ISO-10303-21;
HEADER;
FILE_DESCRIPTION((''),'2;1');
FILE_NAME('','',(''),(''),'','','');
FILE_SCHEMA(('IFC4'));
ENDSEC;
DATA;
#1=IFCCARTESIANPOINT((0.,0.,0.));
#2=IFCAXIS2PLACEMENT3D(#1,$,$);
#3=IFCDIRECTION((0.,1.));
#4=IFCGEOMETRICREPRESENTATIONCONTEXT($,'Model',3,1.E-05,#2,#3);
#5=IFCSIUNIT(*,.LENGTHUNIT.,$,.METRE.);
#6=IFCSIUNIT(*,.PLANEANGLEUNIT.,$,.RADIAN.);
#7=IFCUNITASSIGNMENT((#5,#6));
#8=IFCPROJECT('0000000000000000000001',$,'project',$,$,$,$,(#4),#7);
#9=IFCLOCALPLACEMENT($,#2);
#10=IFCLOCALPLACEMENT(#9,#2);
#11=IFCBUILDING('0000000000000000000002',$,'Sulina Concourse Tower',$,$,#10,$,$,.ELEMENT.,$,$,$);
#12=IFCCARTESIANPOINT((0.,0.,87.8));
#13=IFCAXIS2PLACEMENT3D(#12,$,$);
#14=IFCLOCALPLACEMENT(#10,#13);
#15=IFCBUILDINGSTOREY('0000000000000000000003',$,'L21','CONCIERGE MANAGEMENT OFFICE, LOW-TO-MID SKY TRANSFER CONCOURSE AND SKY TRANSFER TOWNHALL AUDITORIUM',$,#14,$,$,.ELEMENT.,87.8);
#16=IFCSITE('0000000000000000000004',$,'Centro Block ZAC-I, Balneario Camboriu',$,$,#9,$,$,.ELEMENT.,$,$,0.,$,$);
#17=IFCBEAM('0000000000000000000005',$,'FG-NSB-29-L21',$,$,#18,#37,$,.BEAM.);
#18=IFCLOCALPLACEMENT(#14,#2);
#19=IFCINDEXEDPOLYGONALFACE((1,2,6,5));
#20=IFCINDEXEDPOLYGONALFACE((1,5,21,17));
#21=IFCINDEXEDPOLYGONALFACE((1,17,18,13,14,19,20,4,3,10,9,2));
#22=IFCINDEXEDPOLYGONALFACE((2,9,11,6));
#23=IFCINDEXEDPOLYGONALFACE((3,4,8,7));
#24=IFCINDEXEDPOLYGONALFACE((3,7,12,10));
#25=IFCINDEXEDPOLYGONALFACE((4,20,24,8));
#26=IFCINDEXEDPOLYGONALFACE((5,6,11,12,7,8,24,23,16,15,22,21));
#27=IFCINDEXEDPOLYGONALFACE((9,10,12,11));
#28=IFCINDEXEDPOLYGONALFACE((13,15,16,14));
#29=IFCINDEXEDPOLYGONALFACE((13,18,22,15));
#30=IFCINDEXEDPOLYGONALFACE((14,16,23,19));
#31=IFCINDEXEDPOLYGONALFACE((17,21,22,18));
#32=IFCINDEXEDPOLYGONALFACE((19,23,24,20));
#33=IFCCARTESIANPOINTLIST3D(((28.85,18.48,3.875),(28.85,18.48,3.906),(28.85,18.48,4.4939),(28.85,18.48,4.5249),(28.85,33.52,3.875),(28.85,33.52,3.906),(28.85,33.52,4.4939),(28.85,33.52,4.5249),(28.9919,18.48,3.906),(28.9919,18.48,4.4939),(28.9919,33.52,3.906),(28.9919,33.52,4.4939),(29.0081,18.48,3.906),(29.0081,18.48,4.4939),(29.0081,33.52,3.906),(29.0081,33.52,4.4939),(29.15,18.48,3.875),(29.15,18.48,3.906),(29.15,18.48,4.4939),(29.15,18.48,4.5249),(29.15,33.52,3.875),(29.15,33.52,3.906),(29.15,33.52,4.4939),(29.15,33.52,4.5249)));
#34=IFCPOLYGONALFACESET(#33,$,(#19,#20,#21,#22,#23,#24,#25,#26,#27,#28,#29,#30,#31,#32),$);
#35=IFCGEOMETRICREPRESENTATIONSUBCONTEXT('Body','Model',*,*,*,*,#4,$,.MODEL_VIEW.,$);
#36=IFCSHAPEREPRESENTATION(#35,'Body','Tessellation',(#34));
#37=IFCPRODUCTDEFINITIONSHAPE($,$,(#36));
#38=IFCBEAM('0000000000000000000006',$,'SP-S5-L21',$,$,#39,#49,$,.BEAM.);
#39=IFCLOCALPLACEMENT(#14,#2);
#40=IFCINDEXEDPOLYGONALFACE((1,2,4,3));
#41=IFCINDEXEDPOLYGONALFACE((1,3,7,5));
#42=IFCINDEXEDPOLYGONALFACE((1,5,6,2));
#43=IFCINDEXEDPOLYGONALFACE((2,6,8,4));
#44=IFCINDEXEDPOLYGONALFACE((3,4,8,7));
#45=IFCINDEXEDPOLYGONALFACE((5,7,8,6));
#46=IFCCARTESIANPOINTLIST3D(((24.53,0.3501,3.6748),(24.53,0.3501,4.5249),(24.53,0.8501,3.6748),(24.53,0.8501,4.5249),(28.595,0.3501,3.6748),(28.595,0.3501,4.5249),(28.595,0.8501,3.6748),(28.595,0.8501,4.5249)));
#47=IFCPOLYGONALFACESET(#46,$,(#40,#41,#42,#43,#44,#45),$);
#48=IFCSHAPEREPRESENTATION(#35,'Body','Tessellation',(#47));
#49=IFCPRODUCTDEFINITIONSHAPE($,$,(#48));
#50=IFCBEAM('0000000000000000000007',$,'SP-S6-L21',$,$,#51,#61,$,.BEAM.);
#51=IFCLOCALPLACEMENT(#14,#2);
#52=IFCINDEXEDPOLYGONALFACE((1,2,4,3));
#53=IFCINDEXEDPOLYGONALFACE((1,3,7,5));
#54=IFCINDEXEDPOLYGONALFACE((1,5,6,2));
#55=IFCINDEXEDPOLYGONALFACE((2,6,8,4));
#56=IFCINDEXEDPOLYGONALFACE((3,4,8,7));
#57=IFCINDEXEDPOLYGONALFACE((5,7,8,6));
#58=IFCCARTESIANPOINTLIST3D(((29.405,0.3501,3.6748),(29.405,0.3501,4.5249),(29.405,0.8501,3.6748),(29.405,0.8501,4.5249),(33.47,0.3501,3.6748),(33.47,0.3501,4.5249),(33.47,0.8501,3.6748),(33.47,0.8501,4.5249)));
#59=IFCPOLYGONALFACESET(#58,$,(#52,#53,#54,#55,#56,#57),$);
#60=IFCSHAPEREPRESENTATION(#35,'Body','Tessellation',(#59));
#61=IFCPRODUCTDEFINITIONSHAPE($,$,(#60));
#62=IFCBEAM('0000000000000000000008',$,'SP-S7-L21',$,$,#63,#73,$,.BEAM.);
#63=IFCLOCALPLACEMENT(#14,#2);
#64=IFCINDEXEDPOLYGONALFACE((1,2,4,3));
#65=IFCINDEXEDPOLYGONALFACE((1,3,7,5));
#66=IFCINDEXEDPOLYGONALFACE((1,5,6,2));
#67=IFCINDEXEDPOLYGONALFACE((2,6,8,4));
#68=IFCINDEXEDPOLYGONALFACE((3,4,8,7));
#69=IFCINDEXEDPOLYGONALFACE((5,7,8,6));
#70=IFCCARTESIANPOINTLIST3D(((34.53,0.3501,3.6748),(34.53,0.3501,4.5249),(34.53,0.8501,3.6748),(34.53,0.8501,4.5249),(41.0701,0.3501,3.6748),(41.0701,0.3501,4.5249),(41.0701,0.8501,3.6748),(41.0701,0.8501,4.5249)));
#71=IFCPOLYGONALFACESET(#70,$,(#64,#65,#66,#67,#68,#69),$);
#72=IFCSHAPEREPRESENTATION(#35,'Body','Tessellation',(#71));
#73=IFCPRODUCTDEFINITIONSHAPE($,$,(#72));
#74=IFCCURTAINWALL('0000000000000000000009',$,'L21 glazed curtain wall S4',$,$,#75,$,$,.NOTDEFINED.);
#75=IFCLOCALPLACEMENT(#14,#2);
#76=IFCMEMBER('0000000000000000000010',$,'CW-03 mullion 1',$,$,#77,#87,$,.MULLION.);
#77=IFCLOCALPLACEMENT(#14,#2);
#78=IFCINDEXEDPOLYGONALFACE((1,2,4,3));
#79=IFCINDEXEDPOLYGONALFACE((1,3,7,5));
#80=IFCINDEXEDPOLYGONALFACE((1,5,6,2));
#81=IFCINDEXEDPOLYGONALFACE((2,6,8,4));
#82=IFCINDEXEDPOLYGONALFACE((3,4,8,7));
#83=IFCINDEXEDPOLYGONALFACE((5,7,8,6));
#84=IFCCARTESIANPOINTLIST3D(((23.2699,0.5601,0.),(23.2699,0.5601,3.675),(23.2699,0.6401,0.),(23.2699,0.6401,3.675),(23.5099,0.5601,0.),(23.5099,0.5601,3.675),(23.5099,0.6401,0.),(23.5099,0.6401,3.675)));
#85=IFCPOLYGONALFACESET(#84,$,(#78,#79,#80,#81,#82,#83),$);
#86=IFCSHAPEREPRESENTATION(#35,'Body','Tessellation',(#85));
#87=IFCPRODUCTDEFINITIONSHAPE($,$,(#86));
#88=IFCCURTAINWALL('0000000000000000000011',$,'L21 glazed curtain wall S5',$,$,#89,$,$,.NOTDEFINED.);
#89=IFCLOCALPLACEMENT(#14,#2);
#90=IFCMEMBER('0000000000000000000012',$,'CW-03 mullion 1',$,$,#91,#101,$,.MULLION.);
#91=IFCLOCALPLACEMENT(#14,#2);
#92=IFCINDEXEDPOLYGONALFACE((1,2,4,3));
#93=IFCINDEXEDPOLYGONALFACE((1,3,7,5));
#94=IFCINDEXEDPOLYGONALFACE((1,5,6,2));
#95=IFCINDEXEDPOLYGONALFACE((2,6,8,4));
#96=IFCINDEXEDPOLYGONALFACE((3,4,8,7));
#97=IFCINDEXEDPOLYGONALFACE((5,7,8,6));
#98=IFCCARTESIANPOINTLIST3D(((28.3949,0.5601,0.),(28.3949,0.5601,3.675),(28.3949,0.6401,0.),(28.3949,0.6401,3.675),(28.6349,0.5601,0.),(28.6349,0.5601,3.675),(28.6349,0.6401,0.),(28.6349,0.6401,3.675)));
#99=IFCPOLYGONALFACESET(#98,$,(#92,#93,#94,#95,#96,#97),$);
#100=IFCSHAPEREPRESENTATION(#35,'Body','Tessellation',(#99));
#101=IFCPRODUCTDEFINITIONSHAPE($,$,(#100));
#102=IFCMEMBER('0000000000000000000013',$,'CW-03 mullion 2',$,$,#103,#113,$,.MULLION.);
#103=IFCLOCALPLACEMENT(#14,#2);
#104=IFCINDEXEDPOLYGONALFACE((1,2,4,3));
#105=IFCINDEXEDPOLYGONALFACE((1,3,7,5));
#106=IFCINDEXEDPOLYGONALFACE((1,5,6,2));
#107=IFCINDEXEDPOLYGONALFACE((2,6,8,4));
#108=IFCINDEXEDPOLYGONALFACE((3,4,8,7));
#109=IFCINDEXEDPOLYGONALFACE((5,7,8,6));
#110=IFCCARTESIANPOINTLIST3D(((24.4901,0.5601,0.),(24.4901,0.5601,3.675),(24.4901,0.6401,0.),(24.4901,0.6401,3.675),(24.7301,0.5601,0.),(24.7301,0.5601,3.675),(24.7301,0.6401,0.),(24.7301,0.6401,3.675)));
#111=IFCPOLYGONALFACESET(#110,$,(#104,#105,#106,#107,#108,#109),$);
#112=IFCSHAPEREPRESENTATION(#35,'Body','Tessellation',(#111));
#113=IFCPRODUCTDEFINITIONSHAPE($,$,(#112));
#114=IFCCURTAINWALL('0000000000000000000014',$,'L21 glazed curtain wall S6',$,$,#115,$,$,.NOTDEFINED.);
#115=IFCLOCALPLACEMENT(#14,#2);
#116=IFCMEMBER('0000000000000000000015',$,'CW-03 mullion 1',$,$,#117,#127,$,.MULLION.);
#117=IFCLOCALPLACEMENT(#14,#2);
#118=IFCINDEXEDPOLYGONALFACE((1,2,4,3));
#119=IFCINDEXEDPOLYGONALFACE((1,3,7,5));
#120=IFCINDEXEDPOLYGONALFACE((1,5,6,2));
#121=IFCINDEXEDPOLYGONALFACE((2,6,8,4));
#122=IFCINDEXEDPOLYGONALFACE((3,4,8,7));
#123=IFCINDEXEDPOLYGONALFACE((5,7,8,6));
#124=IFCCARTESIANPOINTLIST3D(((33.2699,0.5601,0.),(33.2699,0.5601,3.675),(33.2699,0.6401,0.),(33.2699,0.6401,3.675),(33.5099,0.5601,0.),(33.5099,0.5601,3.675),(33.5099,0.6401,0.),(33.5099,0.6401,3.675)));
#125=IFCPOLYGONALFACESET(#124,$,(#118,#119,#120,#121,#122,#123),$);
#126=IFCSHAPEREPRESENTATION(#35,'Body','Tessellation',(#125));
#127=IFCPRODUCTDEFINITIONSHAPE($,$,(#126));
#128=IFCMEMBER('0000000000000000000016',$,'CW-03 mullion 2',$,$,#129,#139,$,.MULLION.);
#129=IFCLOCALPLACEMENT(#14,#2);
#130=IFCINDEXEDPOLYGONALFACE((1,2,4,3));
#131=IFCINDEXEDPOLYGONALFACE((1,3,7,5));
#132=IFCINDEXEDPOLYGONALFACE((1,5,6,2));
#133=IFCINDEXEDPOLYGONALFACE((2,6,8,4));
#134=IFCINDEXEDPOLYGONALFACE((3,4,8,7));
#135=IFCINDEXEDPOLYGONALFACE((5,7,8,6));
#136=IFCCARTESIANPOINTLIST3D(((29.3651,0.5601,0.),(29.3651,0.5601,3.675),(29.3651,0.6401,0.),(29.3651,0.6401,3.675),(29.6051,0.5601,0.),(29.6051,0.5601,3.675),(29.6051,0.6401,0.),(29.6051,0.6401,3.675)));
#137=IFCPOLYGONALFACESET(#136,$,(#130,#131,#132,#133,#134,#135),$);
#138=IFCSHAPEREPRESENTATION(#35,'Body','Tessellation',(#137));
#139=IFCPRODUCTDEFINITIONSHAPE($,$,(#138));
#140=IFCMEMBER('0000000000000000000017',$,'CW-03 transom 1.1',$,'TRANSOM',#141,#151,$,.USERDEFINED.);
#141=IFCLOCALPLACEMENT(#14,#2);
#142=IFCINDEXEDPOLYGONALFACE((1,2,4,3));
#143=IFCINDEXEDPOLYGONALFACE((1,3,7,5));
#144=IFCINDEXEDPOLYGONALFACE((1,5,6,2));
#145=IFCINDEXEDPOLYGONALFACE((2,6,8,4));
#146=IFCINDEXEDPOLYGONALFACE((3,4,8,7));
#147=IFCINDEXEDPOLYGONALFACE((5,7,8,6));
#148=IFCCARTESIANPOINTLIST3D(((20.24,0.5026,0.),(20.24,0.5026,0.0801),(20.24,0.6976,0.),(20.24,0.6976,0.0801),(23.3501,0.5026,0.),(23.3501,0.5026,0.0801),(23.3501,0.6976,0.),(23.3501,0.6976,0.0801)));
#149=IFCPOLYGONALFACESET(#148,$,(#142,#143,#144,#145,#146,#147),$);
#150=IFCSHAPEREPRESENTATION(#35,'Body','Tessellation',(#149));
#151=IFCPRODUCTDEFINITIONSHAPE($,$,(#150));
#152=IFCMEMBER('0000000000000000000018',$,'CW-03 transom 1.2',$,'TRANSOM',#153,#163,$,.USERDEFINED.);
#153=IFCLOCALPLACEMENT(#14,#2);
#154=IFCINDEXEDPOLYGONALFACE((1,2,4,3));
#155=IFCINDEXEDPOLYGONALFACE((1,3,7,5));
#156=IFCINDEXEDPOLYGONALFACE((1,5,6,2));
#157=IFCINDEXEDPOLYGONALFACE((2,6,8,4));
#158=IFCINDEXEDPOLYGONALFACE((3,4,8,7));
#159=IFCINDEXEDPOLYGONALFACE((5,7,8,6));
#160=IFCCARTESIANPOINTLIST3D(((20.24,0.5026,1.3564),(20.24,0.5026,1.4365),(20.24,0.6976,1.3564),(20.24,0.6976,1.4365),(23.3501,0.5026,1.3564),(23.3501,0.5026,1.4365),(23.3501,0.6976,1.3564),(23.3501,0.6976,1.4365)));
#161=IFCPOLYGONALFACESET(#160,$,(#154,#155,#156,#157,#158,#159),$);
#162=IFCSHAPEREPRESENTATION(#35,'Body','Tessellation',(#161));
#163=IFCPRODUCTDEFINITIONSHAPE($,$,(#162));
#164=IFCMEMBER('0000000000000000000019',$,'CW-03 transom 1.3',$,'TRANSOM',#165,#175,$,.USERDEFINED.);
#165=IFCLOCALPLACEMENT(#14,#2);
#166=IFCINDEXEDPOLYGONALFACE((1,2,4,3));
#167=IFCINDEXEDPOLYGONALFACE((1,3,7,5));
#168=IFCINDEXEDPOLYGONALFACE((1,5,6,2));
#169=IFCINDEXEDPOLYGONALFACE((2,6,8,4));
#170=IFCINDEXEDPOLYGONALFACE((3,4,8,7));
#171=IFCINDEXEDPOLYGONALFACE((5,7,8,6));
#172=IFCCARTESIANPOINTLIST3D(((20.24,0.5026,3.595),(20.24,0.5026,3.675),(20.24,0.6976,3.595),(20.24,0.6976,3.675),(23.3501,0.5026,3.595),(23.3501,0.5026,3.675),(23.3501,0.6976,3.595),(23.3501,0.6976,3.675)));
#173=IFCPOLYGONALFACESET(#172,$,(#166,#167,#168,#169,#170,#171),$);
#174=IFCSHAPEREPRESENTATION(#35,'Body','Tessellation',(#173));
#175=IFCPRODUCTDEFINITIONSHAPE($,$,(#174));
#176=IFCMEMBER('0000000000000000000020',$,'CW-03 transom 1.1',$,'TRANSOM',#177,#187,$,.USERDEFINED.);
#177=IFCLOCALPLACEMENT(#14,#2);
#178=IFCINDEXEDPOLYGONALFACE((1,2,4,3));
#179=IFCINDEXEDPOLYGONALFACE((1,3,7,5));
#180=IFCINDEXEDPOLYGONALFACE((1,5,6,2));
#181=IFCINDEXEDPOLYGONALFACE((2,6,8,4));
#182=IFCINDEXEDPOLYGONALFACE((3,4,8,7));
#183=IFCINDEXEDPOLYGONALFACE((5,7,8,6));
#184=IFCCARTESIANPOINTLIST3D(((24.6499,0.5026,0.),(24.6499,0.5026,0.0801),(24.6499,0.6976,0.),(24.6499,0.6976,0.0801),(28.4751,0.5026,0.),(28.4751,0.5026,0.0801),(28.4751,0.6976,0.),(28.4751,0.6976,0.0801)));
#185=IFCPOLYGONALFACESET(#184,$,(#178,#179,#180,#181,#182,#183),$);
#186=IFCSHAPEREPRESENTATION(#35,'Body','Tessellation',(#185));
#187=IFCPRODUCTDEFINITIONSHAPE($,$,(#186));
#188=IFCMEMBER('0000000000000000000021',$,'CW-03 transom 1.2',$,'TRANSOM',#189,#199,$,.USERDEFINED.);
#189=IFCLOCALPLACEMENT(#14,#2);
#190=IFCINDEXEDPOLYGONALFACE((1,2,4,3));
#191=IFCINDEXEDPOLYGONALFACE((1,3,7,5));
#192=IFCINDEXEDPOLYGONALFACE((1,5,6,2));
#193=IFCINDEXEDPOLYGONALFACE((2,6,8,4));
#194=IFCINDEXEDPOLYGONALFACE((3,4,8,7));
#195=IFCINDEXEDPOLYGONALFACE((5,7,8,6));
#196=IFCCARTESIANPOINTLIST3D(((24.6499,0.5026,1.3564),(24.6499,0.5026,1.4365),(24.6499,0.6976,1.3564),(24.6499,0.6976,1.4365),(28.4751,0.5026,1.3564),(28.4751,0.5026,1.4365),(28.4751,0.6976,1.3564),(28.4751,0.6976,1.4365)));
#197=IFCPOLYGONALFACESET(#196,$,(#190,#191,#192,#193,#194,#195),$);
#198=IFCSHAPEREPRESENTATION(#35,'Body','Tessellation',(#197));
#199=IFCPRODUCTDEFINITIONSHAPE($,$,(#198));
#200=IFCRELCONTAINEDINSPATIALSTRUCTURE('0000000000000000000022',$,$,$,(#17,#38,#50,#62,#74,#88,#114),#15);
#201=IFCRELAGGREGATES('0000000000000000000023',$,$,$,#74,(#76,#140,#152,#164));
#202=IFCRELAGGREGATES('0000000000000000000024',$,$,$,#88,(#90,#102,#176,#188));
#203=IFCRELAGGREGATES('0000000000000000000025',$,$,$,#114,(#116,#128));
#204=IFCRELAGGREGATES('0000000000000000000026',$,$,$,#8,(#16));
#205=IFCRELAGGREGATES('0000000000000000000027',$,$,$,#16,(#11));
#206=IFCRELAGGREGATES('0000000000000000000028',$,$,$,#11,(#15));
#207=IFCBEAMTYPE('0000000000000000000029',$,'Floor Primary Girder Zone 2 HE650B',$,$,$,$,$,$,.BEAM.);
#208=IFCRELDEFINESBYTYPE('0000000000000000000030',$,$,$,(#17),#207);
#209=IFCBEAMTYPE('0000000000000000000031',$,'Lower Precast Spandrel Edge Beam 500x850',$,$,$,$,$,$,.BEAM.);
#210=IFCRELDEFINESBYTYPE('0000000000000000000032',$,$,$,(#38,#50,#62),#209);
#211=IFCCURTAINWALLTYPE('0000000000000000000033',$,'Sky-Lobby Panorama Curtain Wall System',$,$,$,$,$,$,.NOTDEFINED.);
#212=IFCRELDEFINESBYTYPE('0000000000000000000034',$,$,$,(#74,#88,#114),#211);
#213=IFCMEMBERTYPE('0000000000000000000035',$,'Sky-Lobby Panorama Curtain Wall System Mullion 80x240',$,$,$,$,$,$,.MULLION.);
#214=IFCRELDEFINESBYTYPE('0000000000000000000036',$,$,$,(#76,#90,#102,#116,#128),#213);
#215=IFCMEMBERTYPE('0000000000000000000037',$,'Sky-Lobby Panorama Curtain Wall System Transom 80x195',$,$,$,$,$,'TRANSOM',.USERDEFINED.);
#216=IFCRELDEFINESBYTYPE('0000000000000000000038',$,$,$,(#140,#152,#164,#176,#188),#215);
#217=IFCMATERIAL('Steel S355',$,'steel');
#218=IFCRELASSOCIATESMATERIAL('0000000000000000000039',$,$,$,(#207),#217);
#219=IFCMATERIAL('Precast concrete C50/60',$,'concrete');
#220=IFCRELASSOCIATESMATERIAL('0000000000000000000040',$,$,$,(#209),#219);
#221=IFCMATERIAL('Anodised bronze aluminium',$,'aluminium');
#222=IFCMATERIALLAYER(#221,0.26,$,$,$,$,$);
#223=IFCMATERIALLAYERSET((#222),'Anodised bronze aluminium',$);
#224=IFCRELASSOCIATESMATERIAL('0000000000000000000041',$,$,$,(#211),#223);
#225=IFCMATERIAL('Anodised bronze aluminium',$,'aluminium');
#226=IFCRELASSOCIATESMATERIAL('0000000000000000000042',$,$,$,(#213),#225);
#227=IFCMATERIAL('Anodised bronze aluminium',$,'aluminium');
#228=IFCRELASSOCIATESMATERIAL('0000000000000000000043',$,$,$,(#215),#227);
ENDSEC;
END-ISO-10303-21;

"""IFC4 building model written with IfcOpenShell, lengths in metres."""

from ifc_helpers import new_model, si_unit, direction, frame, origin, origin_2d, place, context, subcontext, project, spatial, rectangle, i_section, extrude, material, layer, layer_set, material_profile, profile_set, type_object, element, aggregate, save


model = new_model("IFC4")

# Units and contexts
model_context = context("Model", 3, precision=1e-05, world=origin(), true_north=direction((0.0, 1.0)))
body_context = subcontext(model_context, "Body", "Model", "MODEL_VIEW")
ifc_project = project(units=[si_unit("LENGTHUNIT", "METRE"), si_unit("PLANEANGLEUNIT", "RADIAN")], contexts=[model_context])

# Site, building, storey
site_placement = place(None, origin())
site = spatial("IfcSite", under=ifc_project, at=site_placement, Name="Centro Block ZAC-I, Balneario Camboriu", CompositionType="ELEMENT", RefElevation=0.0)
building_placement = place(site_placement, origin())
building = spatial("IfcBuilding", under=site, at=building_placement, Name="Sulina Concourse Tower", CompositionType="ELEMENT")
storey_placement = place(building_placement, frame((0.0, 0.0, 87.8)))
storey = spatial("IfcBuildingStorey", under=building, at=storey_placement, Name="L21", Description="CONCIERGE MANAGEMENT OFFICE, LOW-TO-MID SKY TRANSFER CONCOURSE AND SKY TRANSFER TOWNHALL AUDITORIUM", CompositionType="ELEMENT", Elevation=87.8)

# Beams
ifc_material_1 = material(Name="Steel S355", Category="steel")
ifc_material_profile_1 = material_profile(ifc_material_1, i_section(OverallWidth=0.3, OverallDepth=0.6499, WebThickness=0.0161, FlangeThickness=0.031, at=origin_2d()), Name="HE 650 B")
ifc_profile_set_1 = profile_set([ifc_material_profile_1], Name="Steel S355")
beam_type_1 = type_object("IfcBeamType", Name="Floor Primary Girder Zone 2 HE650B", PredefinedType="BEAM", material=ifc_profile_set_1)
beam_1_placement = place(storey_placement, frame((29.0, 18.48, 4.2), z_axis=(0.0, 1.0, 0.0), x_axis=(-1.0, 0.0, 0.0)))
element("IfcBeam", 1, at=beam_1_placement, inside=storey, type_object=beam_type_1, Name="FG-NSB-29-L21", PredefinedType="BEAM", context=body_context, shape_type="SweptSolid", body=[
    extrude(i_section(OverallWidth=0.3, OverallDepth=0.6499, WebThickness=0.0161, FlangeThickness=0.031, at=origin_2d()), origin(), (0.0, 0.0, 1.0), 15.04),
])
ifc_material_2 = material(Name="Precast concrete C50/60", Category="concrete")
ifc_material_profile_2 = material_profile(ifc_material_2, rectangle(XDim=0.5, YDim=0.8501, at=origin_2d()), Name="RC 500x850")
ifc_profile_set_2 = profile_set([ifc_material_profile_2], Name="Precast concrete C50/60")
beam_type_2 = type_object("IfcBeamType", Name="Lower Precast Spandrel Edge Beam 500x850", PredefinedType="BEAM", material=ifc_profile_set_2)
for number, where, z_axis, x_axis, name in (
    (2, (24.53, 0.6001, 4.0999), (1.0, 0.0, 0.0), (0.0, 1.0, 0.0), "SP-S5-L21"),
    (3, (29.405, 0.6001, 4.0999), (1.0, 0.0, 0.0), (0.0, 1.0, 0.0), "SP-S6-L21"),
):
    element("IfcBeam", number, at=place(storey_placement, frame(where, z_axis=z_axis, x_axis=x_axis)), inside=storey, type_object=beam_type_2, Name=name, PredefinedType="BEAM", context=body_context, shape_type="SweptSolid", body=[
        extrude(rectangle(XDim=0.5, YDim=0.8501, at=origin_2d()), origin(), (0.0, 0.0, 1.0), 4.0649),
    ])
beam_2_placement = place(storey_placement, frame((34.53, 0.6001, 4.0999), z_axis=(1.0, 0.0, 0.0), x_axis=(0.0, 1.0, 0.0)))
element("IfcBeam", 4, at=beam_2_placement, inside=storey, type_object=beam_type_2, Name="SP-S7-L21", PredefinedType="BEAM", context=body_context, shape_type="SweptSolid", body=[
    extrude(rectangle(XDim=0.5, YDim=0.8501, at=origin_2d()), origin(), (0.0, 0.0, 1.0), 6.54),
])

# Curtain wall, member
ifc_material_3 = material(Name="Anodised bronze aluminium", Category="aluminium")
ifc_layer_1 = layer(ifc_material_3, 0.26)
ifc_layer_set_1 = layer_set([ifc_layer_1], Name="Anodised bronze aluminium")
curtain_wall_type = type_object("IfcCurtainWallType", Name="Sky-Lobby Panorama Curtain Wall System", PredefinedType="NOTDEFINED", material=ifc_layer_set_1)
curtain_wall_1_placement = place(storey_placement, origin())
curtain_wall_1 = element("IfcCurtainWall", 5, at=curtain_wall_1_placement, inside=storey, type_object=curtain_wall_type, Name="L21 glazed curtain wall S4", PredefinedType="NOTDEFINED")
ifc_material_4 = material(Name="Anodised bronze aluminium", Category="aluminium")
ifc_material_profile_3 = material_profile(ifc_material_4, rectangle(XDim=0.0801, YDim=0.24, at=origin_2d()), Name="MUL 80x240")
ifc_profile_set_3 = profile_set([ifc_material_profile_3], Name="Anodised bronze aluminium")
member_type_1 = type_object("IfcMemberType", Name="Sky-Lobby Panorama Curtain Wall System Mullion 80x240", PredefinedType="MULLION", material=ifc_profile_set_3)
member_1_placement = place(storey_placement, frame((23.3899, 0.6001, 0.0), z_axis=(0.0, 0.0, 1.0), x_axis=(0.0, -1.0, 0.0)))
member_1 = element("IfcMember", 6, at=member_1_placement, type_object=member_type_1, Name="CW-03 mullion 1", PredefinedType="MULLION", context=body_context, shape_type="SweptSolid", body=[
    extrude(rectangle(XDim=0.0801, YDim=0.24, at=origin_2d()), origin(), (0.0, 0.0, 1.0), 3.675),
])

# Curtain walls, members
curtain_wall_2_placement = place(storey_placement, origin())
curtain_wall_2 = element("IfcCurtainWall", 7, at=curtain_wall_2_placement, inside=storey, type_object=curtain_wall_type, Name="L21 glazed curtain wall S5", PredefinedType="NOTDEFINED")
member_2_placement = place(storey_placement, frame((28.5149, 0.6001, 0.0), z_axis=(0.0, 0.0, 1.0), x_axis=(0.0, -1.0, 0.0)))
member_2 = element("IfcMember", 8, at=member_2_placement, type_object=member_type_1, Name="CW-03 mullion 1", PredefinedType="MULLION", context=body_context, shape_type="SweptSolid", body=[
    extrude(rectangle(XDim=0.0801, YDim=0.24, at=origin_2d()), origin(), (0.0, 0.0, 1.0), 3.675),
])
member_3_placement = place(storey_placement, frame((24.6101, 0.6001, 0.0), z_axis=(0.0, 0.0, 1.0), x_axis=(0.0, -1.0, 0.0)))
member_3 = element("IfcMember", 9, at=member_3_placement, type_object=member_type_1, Name="CW-03 mullion 2", PredefinedType="MULLION", context=body_context, shape_type="SweptSolid", body=[
    extrude(rectangle(XDim=0.0801, YDim=0.24, at=origin_2d()), origin(), (0.0, 0.0, 1.0), 3.675),
])
curtain_wall_3_placement = place(storey_placement, origin())
curtain_wall_3 = element("IfcCurtainWall", 10, at=curtain_wall_3_placement, inside=storey, type_object=curtain_wall_type, Name="L21 glazed curtain wall S6", PredefinedType="NOTDEFINED")
member_4_placement = place(storey_placement, frame((33.3899, 0.6001, 0.0), z_axis=(0.0, 0.0, 1.0), x_axis=(0.0, -1.0, 0.0)))
member_4 = element("IfcMember", 11, at=member_4_placement, type_object=member_type_1, Name="CW-03 mullion 1", PredefinedType="MULLION", context=body_context, shape_type="SweptSolid", body=[
    extrude(rectangle(XDim=0.0801, YDim=0.24, at=origin_2d()), origin(), (0.0, 0.0, 1.0), 3.675),
])
member_5_placement = place(storey_placement, frame((29.4851, 0.6001, 0.0), z_axis=(0.0, 0.0, 1.0), x_axis=(0.0, -1.0, 0.0)))
member_5 = element("IfcMember", 12, at=member_5_placement, type_object=member_type_1, Name="CW-03 mullion 2", PredefinedType="MULLION", context=body_context, shape_type="SweptSolid", body=[
    extrude(rectangle(XDim=0.0801, YDim=0.24, at=origin_2d()), origin(), (0.0, 0.0, 1.0), 3.675),
])

# Members
ifc_material_5 = material(Name="Anodised bronze aluminium", Category="aluminium")
ifc_material_profile_4 = material_profile(ifc_material_5, rectangle(XDim=0.1951, YDim=0.0801, at=origin_2d()), Name="TRN 80x195")
ifc_profile_set_4 = profile_set([ifc_material_profile_4], Name="Anodised bronze aluminium")
member_type_2 = type_object("IfcMemberType", Name="Sky-Lobby Panorama Curtain Wall System Transom 80x195", ElementType="TRANSOM", PredefinedType="USERDEFINED", material=ifc_profile_set_4)
member_6_placement = place(storey_placement, frame((23.3501, 0.6001, 0.04), z_axis=(-1.0, 0.0, 0.0), x_axis=(0.0, -1.0, 0.0)))
member_6 = element("IfcMember", 13, at=member_6_placement, type_object=member_type_2, Name="CW-03 transom 1.1", ObjectType="TRANSOM", PredefinedType="USERDEFINED", context=body_context, shape_type="SweptSolid", body=[
    extrude(rectangle(XDim=0.1951, YDim=0.0801, at=origin_2d()), origin(), (0.0, 0.0, 1.0), 3.1101),
])
member_7_placement = place(storey_placement, frame((23.3501, 0.6001, 1.3965), z_axis=(-1.0, 0.0, 0.0), x_axis=(0.0, -1.0, 0.0)))
member_7 = element("IfcMember", 14, at=member_7_placement, type_object=member_type_2, Name="CW-03 transom 1.2", ObjectType="TRANSOM", PredefinedType="USERDEFINED", context=body_context, shape_type="SweptSolid", body=[
    extrude(rectangle(XDim=0.1951, YDim=0.0801, at=origin_2d()), origin(), (0.0, 0.0, 1.0), 3.1101),
])
member_8_placement = place(storey_placement, frame((23.3501, 0.6001, 3.635), z_axis=(-1.0, 0.0, 0.0), x_axis=(0.0, -1.0, 0.0)))
member_8 = element("IfcMember", 15, at=member_8_placement, type_object=member_type_2, Name="CW-03 transom 1.3", ObjectType="TRANSOM", PredefinedType="USERDEFINED", context=body_context, shape_type="SweptSolid", body=[
    extrude(rectangle(XDim=0.1951, YDim=0.0801, at=origin_2d()), origin(), (0.0, 0.0, 1.0), 3.1101),
])
aggregate(curtain_wall_1, [member_1, member_6, member_7, member_8])
member_9_placement = place(storey_placement, frame((28.4751, 0.6001, 0.04), z_axis=(-1.0, 0.0, 0.0), x_axis=(0.0, -1.0, 0.0)))
member_9 = element("IfcMember", 16, at=member_9_placement, type_object=member_type_2, Name="CW-03 transom 1.1", ObjectType="TRANSOM", PredefinedType="USERDEFINED", context=body_context, shape_type="SweptSolid", body=[
    extrude(rectangle(XDim=0.1951, YDim=0.0801, at=origin_2d()), origin(), (0.0, 0.0, 1.0), 3.8252),
])
member_10_placement = place(storey_placement, frame((28.4751, 0.6001, 1.3965), z_axis=(-1.0, 0.0, 0.0), x_axis=(0.0, -1.0, 0.0)))
member_10 = element("IfcMember", 17, at=member_10_placement, type_object=member_type_2, Name="CW-03 transom 1.2", ObjectType="TRANSOM", PredefinedType="USERDEFINED", context=body_context, shape_type="SweptSolid", body=[
    extrude(rectangle(XDim=0.1951, YDim=0.0801, at=origin_2d()), origin(), (0.0, 0.0, 1.0), 3.8252),
])

aggregate(curtain_wall_2, [member_2, member_3, member_9, member_10])
aggregate(curtain_wall_3, [member_4, member_5])

save(model, "model.ifc")
